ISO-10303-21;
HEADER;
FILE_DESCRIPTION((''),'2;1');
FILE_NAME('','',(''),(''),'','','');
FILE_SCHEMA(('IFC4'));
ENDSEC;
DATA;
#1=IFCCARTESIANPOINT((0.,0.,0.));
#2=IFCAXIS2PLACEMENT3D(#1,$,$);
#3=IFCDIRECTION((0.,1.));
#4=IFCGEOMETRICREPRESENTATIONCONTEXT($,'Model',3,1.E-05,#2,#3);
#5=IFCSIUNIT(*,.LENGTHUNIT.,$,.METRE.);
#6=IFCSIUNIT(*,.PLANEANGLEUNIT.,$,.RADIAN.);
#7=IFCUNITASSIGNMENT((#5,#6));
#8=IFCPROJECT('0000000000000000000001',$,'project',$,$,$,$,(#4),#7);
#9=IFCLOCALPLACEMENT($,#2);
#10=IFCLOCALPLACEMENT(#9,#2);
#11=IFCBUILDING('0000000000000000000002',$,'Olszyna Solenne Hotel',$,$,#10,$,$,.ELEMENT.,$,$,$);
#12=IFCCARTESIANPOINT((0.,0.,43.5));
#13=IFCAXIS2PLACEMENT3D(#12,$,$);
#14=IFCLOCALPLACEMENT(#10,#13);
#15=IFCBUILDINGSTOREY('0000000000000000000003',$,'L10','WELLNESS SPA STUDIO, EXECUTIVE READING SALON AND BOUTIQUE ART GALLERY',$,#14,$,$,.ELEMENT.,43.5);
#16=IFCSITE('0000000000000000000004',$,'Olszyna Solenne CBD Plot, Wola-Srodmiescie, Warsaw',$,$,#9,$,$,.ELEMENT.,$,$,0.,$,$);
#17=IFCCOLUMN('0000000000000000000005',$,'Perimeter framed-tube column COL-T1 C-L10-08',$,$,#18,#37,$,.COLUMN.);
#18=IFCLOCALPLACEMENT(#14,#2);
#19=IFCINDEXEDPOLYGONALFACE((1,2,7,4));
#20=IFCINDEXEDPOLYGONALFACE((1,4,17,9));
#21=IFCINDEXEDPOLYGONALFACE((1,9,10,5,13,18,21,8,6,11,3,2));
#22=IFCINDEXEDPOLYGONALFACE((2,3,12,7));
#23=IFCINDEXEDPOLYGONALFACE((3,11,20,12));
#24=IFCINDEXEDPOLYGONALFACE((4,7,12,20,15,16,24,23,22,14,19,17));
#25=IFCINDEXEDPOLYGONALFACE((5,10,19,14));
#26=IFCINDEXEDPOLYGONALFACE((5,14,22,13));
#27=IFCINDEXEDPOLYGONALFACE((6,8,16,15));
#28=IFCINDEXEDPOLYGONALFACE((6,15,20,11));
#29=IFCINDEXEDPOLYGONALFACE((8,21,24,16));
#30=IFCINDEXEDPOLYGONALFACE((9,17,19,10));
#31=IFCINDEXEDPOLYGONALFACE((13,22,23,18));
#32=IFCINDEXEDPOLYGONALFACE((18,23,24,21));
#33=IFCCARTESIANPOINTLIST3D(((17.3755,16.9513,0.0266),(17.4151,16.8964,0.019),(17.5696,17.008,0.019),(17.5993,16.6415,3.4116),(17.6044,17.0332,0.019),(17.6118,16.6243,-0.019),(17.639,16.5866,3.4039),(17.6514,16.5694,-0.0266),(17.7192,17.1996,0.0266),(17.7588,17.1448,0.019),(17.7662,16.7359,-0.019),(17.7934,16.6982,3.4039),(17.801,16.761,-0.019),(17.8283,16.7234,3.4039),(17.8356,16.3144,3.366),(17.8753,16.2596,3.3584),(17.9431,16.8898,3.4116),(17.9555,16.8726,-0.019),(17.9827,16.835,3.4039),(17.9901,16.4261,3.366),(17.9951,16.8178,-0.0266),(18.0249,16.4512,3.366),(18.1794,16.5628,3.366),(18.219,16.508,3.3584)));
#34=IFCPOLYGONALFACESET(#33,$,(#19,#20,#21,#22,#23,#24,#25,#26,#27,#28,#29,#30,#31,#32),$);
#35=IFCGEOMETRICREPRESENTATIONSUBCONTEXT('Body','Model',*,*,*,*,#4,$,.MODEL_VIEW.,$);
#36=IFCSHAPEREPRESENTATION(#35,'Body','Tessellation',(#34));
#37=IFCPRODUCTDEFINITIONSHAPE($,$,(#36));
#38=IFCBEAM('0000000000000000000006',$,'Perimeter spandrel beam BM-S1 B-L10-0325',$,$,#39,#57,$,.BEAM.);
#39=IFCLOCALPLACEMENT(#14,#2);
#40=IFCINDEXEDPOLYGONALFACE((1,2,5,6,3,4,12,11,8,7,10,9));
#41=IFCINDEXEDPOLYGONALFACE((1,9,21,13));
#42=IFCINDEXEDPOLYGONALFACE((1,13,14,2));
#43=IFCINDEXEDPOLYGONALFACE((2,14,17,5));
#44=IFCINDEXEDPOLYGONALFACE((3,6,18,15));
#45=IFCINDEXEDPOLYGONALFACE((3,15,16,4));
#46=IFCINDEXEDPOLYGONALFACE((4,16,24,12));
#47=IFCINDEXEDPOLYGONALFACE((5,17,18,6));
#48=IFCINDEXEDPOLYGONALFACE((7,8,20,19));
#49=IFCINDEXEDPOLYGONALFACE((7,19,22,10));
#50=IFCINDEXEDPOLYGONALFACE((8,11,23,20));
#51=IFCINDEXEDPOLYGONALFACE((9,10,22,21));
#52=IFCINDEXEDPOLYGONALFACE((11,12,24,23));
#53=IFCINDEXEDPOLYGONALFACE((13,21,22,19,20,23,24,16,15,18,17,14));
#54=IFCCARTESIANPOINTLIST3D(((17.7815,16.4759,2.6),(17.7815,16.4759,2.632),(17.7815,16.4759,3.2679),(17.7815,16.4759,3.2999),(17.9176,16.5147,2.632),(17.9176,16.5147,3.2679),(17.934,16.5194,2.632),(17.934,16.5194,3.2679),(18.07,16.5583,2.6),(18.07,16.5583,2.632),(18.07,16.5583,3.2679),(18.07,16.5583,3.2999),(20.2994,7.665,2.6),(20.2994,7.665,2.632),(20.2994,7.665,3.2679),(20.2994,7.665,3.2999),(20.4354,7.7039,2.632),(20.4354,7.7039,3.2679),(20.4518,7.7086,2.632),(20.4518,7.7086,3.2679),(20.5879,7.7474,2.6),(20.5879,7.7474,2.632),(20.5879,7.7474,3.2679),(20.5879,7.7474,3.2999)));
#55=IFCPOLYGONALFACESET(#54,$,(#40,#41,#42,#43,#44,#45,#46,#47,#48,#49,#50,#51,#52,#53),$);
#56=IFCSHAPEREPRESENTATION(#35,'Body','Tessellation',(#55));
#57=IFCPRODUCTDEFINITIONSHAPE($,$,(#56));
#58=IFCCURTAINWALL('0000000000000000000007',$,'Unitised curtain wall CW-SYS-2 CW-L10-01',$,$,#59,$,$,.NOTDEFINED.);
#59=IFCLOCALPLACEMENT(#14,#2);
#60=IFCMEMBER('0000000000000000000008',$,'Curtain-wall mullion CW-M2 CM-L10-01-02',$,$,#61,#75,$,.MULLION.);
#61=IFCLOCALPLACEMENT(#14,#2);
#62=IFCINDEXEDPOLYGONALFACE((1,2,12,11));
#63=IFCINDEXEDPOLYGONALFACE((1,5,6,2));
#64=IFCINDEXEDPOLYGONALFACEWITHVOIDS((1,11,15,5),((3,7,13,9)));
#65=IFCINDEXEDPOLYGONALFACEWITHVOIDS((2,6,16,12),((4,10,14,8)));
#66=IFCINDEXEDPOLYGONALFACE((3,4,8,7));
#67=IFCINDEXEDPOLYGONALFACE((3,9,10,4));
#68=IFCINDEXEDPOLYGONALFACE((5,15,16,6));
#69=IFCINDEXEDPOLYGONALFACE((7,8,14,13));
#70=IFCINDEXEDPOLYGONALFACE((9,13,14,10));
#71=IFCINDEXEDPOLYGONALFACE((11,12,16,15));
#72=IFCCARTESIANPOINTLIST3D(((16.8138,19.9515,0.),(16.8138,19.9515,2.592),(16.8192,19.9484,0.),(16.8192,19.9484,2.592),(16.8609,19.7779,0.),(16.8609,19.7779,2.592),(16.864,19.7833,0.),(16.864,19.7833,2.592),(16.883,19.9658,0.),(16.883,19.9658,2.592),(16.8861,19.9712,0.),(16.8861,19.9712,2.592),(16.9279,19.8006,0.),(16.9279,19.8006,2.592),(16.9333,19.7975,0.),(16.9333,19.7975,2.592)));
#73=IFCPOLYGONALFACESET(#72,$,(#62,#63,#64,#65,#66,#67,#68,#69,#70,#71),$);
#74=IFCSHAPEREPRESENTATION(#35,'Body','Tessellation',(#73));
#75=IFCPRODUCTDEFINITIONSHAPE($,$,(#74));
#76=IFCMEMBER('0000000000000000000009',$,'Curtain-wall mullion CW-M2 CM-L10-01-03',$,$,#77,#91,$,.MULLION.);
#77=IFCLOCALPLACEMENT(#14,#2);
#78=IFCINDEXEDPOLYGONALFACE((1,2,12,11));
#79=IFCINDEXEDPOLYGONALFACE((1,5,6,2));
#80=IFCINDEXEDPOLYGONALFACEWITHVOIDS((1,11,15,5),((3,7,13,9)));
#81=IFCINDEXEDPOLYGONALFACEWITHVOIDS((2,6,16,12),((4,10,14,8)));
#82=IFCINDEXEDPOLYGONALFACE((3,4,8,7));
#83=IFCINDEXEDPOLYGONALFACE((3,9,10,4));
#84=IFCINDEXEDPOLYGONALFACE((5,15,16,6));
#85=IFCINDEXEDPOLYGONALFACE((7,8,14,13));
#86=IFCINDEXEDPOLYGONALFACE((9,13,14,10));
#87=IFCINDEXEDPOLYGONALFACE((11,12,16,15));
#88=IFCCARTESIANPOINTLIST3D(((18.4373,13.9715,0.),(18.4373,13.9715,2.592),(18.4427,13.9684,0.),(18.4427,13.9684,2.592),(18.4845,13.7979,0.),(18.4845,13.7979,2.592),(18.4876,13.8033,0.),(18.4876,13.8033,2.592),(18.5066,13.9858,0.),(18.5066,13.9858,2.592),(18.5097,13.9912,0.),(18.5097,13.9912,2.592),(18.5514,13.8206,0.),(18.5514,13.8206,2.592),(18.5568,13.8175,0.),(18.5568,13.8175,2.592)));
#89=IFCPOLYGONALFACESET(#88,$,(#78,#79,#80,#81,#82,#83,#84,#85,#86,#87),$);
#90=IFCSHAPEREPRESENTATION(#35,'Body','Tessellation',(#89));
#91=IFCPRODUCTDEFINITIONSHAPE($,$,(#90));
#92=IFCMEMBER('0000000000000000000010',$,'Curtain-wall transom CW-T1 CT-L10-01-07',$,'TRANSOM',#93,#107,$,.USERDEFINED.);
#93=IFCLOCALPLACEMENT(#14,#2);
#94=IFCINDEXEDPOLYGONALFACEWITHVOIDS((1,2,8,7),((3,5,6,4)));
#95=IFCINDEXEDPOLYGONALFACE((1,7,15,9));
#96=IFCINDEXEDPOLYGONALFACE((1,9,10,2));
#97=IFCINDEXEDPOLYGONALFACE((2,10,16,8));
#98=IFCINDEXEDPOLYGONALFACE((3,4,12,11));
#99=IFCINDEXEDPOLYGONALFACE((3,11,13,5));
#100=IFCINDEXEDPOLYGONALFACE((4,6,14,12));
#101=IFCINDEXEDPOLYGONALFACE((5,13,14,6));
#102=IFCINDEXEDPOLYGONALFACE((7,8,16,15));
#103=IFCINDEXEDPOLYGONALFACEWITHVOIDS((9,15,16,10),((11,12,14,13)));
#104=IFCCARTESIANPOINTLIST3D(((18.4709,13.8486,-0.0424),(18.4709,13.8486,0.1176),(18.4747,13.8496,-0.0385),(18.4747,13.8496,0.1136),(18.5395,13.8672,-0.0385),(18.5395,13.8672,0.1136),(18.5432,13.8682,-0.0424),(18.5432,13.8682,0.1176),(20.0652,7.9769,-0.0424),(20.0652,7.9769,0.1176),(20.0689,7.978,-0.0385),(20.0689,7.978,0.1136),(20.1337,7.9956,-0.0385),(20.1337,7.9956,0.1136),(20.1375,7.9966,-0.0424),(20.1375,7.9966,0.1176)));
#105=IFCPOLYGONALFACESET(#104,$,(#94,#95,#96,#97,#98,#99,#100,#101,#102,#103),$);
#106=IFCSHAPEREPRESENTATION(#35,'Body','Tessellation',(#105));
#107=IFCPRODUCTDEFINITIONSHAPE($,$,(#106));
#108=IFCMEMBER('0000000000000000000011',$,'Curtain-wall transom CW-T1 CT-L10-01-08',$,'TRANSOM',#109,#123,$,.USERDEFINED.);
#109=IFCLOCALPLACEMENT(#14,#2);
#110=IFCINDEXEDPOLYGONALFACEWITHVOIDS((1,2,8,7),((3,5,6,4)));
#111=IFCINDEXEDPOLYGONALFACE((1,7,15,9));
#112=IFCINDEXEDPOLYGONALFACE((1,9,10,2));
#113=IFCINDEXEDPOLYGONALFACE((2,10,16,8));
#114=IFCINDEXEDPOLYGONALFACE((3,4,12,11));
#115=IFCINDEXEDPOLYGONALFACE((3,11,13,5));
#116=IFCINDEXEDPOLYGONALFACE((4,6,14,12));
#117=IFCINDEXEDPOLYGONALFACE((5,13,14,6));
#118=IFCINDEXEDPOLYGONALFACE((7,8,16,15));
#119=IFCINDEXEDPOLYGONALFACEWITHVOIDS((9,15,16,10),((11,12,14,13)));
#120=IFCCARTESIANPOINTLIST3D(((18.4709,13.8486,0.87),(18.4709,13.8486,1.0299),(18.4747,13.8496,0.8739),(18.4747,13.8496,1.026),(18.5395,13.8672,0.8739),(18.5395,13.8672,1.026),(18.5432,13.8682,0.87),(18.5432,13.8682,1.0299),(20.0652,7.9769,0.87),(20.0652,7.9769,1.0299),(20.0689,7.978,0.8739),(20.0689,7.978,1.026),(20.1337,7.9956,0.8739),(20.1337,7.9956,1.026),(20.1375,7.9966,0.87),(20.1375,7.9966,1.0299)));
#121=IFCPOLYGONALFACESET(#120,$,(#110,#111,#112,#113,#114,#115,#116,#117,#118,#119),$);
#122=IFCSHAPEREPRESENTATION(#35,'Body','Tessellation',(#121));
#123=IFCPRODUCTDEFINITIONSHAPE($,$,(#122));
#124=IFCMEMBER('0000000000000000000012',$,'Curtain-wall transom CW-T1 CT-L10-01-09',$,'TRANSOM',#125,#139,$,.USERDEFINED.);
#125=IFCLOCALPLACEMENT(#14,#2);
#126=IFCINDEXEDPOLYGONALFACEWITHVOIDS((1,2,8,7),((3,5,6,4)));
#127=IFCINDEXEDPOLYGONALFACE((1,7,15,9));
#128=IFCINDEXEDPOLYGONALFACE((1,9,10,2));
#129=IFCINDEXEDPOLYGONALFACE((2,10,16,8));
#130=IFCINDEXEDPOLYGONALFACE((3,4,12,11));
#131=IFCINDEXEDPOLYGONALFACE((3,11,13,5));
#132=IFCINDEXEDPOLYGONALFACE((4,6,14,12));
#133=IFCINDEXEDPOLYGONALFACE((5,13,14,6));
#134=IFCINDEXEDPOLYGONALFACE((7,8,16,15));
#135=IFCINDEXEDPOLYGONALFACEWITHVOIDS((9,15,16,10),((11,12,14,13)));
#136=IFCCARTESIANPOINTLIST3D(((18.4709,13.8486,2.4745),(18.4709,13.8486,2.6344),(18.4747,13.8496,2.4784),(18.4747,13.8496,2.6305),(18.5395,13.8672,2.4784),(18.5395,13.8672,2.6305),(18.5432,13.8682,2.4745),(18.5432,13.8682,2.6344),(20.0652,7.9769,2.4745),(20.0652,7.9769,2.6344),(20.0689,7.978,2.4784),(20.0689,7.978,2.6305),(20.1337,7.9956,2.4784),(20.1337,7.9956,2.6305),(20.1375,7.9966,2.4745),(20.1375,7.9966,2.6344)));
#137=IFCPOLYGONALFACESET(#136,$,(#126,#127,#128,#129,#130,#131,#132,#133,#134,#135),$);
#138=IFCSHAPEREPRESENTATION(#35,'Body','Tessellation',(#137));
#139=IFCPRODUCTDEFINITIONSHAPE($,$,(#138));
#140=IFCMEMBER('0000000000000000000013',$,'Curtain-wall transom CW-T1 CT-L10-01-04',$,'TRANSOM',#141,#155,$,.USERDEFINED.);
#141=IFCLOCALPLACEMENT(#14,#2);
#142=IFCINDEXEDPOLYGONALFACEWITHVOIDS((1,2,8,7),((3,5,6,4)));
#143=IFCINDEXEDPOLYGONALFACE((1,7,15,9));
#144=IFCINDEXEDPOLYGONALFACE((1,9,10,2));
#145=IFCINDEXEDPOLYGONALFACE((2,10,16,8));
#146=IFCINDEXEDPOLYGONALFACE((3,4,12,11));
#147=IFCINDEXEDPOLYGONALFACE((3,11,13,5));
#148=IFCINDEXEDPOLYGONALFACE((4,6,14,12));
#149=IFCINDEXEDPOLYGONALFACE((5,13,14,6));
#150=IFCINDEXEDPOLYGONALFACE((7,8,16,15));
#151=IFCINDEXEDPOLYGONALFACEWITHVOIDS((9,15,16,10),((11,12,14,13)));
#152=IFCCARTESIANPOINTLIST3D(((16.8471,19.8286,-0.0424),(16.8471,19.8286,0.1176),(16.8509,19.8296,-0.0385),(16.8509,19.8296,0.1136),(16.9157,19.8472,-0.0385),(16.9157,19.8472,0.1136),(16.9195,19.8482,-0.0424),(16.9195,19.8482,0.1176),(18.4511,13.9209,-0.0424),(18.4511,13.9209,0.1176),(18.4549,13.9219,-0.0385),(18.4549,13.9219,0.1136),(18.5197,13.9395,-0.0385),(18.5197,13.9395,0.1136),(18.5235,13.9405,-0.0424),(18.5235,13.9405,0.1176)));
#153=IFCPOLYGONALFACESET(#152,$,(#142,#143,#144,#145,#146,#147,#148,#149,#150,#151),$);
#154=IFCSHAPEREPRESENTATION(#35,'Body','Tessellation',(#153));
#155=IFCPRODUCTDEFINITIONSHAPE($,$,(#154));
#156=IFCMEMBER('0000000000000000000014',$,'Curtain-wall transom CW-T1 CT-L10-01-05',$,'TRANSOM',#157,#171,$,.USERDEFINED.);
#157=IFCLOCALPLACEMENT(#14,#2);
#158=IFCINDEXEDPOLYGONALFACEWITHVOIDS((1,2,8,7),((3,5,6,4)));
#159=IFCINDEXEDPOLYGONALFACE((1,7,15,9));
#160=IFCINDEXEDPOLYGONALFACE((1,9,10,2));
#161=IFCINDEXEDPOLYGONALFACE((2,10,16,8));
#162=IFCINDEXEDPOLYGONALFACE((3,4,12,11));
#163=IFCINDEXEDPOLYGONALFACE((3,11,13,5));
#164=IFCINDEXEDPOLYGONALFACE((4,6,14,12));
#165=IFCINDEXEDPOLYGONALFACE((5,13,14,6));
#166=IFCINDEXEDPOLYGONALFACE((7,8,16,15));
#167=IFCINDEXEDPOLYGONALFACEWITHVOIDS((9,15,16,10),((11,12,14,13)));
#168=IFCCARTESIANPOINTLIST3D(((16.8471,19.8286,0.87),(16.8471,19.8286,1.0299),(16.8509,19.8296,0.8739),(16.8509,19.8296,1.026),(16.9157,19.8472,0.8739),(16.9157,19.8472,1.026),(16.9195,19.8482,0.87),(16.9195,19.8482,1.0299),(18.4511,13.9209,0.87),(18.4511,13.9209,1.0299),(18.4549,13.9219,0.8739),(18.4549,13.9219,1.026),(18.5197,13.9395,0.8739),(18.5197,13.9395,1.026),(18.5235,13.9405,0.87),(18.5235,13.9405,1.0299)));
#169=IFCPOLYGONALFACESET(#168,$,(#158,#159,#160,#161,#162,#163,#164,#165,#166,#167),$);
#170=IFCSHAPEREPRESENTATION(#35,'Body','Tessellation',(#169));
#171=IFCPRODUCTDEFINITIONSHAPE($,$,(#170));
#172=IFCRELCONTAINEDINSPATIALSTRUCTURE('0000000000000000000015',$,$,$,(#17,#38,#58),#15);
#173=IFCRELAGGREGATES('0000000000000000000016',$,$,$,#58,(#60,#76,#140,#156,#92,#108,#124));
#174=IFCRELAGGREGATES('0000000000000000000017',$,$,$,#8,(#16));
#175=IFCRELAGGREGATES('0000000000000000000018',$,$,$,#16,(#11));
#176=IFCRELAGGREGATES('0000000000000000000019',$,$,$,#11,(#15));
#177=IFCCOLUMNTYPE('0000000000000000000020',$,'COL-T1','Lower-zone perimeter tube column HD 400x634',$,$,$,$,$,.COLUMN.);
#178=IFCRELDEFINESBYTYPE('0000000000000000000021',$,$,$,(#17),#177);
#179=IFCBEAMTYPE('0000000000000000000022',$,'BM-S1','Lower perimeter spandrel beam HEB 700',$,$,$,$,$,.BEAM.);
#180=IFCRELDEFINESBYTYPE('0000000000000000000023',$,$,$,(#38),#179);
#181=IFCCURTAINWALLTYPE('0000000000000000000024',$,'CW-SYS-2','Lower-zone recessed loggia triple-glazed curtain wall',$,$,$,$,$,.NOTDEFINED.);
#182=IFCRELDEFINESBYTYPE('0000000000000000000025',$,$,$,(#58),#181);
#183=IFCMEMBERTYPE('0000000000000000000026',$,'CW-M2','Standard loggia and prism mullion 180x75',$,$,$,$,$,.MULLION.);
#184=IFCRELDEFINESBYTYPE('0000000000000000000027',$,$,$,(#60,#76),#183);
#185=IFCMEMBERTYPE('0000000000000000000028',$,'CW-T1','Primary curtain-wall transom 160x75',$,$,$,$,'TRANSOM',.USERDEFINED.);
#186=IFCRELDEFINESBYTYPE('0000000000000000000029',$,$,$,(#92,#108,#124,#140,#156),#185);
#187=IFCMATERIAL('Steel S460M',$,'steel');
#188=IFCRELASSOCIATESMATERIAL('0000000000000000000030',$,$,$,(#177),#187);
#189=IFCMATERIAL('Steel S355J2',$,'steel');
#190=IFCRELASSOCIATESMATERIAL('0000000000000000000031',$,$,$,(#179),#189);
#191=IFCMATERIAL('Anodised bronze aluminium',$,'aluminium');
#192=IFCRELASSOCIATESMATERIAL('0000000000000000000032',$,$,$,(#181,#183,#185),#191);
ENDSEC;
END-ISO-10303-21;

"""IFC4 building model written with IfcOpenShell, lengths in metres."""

from ifc_helpers import new_model, si_unit, direction, frame, origin, origin_2d, place, context, subcontext, project, spatial, hollow_rectangle, i_section, extrude, source, transform, mapped, material, material_profile, profile_set, type_object, element, aggregate, save


model = new_model("IFC4")

# Units and contexts
model_context = context("Model", 3, precision=1e-05, world=origin(), true_north=direction((0.0, 1.0)))
body_context = subcontext(model_context, "Body", "Model", "MODEL_VIEW")
ifc_project = project(units=[si_unit("LENGTHUNIT", "METRE"), si_unit("PLANEANGLEUNIT", "RADIAN")], contexts=[model_context])

# Site, building, storey
site_placement = place(None, origin())
site = spatial("IfcSite", under=ifc_project, at=site_placement, Name="Olszyna Solenne CBD Plot, Wola-Srodmiescie, Warsaw", CompositionType="ELEMENT", RefElevation=0.0)
building_placement = place(site_placement, origin())
building = spatial("IfcBuilding", under=site, at=building_placement, Name="Olszyna Solenne Hotel", CompositionType="ELEMENT")
storey_placement = place(building_placement, frame((0.0, 0.0, 43.5)))
storey = spatial("IfcBuildingStorey", under=building, at=storey_placement, Name="L10", Description="WELLNESS SPA STUDIO, EXECUTIVE READING SALON AND BOUTIQUE ART GALLERY", CompositionType="ELEMENT", Elevation=43.5)

# Column
ifc_material_1 = material(Name="Steel S460M", Category="steel")
ifc_material_profile_1 = material_profile(ifc_material_1, i_section(OverallWidth=0.4241, OverallDepth=0.4741, WebThickness=0.043, FlangeThickness=0.0681, at=origin_2d()), Name="HD 400x634", Category="load-bearing")
ifc_profile_set_1 = profile_set([ifc_material_profile_1], Name="Steel S460M")
column_type = type_object("IfcColumnType", Name="COL-T1", Description="Lower-zone perimeter tube column HD 400x634", PredefinedType="COLUMN", material=ifc_profile_set_1)
shared_shape_1 = source(origin(), body_context, "Body", "SweptSolid", [
    extrude(i_section(OverallWidth=0.4241, OverallDepth=0.4741, WebThickness=0.043, FlangeThickness=0.0681, at=origin_2d()), origin(), (0.0, 0.0, 1.0), 3.4065),
])
column_placement = place(storey_placement, frame((17.6853, 16.8845, 0.0), z_axis=(0.06572, -0.090947, 0.993685), x_axis=(0.810528, 0.5857, 0.0)))
element("IfcColumn", 1, at=column_placement, inside=storey, type_object=column_type, Name="Perimeter framed-tube column COL-T1 C-L10-08", PredefinedType="COLUMN", context=body_context, shape_type="MappedRepresentation", body=[
    mapped(shared_shape_1, transform((0.0, 0.0, 0.0), x_axis=(1.0, 0.0, 0.0), y_axis=(0.0, 1.0, 0.0), z_axis=(0.0, 0.0, 1.0), scale=1.0)),
])

# Beam
ifc_material_2 = material(Name="Steel S355J2", Category="steel")
ifc_material_profile_2 = material_profile(ifc_material_2, i_section(OverallWidth=0.3, OverallDepth=0.7, WebThickness=0.0171, FlangeThickness=0.032, at=origin_2d()), Name="HEB 700", Category="load-bearing")
ifc_profile_set_2 = profile_set([ifc_material_profile_2], Name="Steel S355J2")
beam_type = type_object("IfcBeamType", Name="BM-S1", Description="Lower perimeter spandrel beam HEB 700", PredefinedType="BEAM", material=ifc_profile_set_2)
shared_shape_2 = source(origin(), body_context, "Body", "SweptSolid", [
    extrude(i_section(OverallWidth=0.3, OverallDepth=0.7, WebThickness=0.0171, FlangeThickness=0.032, at=origin_2d()), origin(), (0.0, 0.0, 1.0), 9.1636),
])
beam_placement = place(storey_placement, frame((17.9258, 16.5171, 2.95), z_axis=(0.274767, -0.961511, 0.0), x_axis=(0.961511, 0.274767, 0.0)))
element("IfcBeam", 2, at=beam_placement, inside=storey, type_object=beam_type, Name="Perimeter spandrel beam BM-S1 B-L10-0325", PredefinedType="BEAM", context=body_context, shape_type="MappedRepresentation", body=[
    mapped(shared_shape_2, transform((0.0, 0.0, 0.0), x_axis=(1.0, 0.0, 0.0), y_axis=(0.0, 1.0, 0.0), z_axis=(0.0, 0.0, 1.0), scale=1.0)),
])

# Curtain wall, members
ifc_material_3 = material(Name="Anodised bronze aluminium", Category="aluminium")
curtain_wall_type = type_object("IfcCurtainWallType", Name="CW-SYS-2", Description="Lower-zone recessed loggia triple-glazed curtain wall", PredefinedType="NOTDEFINED", material=ifc_material_3)
curtain_wall_placement = place(storey_placement, origin())
curtain_wall = element("IfcCurtainWall", 3, at=curtain_wall_placement, inside=storey, type_object=curtain_wall_type, Name="Unitised curtain wall CW-SYS-2 CW-L10-01", PredefinedType="NOTDEFINED")
ifc_material_profile_3 = material_profile(ifc_material_3, hollow_rectangle(XDim=0.075, YDim=0.1799, WallThickness=0.0044, at=origin_2d()), Name="MULL 180x75x4.5", Category="load-bearing")
ifc_profile_set_3 = profile_set([ifc_material_profile_3], Name="Anodised bronze aluminium")
member_type_1 = type_object("IfcMemberType", Name="CW-M2", Description="Standard loggia and prism mullion 180x75", PredefinedType="MULLION", material=ifc_profile_set_3)
shared_shape_3 = source(origin(), body_context, "Body", "SweptSolid", [
    extrude(hollow_rectangle(XDim=0.075, YDim=0.1799, WallThickness=0.0044, at=origin_2d()), origin(), (0.0, 0.0, 1.0), 2.592),
])
member_1_placement = place(storey_placement, frame((16.8735, 19.8745, 0.0), z_axis=(0.0, 0.0, 1.0), x_axis=(0.965058, 0.262038, 0.0)))
member_1 = element("IfcMember", 4, at=member_1_placement, type_object=member_type_1, Name="Curtain-wall mullion CW-M2 CM-L10-01-02", PredefinedType="MULLION", context=body_context, shape_type="MappedRepresentation", body=[
    mapped(shared_shape_3, transform((0.0, 0.0, 0.0), x_axis=(1.0, 0.0, 0.0), y_axis=(0.0, 1.0, 0.0), z_axis=(0.0, 0.0, 1.0), scale=1.0)),
])
member_2_placement = place(storey_placement, frame((18.4971, 13.8945, 0.0), z_axis=(0.0, 0.0, 1.0), x_axis=(0.965058, 0.262038, 0.0)))
member_2 = element("IfcMember", 5, at=member_2_placement, type_object=member_type_1, Name="Curtain-wall mullion CW-M2 CM-L10-01-03", PredefinedType="MULLION", context=body_context, shape_type="MappedRepresentation", body=[
    mapped(shared_shape_3, transform((0.0, 0.0, 0.0), x_axis=(1.0, 0.0, 0.0), y_axis=(0.0, 1.0, 0.0), z_axis=(0.0, 0.0, 1.0), scale=1.0)),
])
ifc_material_profile_4 = material_profile(ifc_material_3, hollow_rectangle(XDim=0.075, YDim=0.1599, WallThickness=0.0039, at=origin_2d()), Name="TRAN 160x75x4", Category="load-bearing")
ifc_profile_set_4 = profile_set([ifc_material_profile_4], Name="Anodised bronze aluminium")
member_type_2 = type_object("IfcMemberType", Name="CW-T1", Description="Primary curtain-wall transom 160x75", ElementType="TRANSOM", PredefinedType="USERDEFINED", material=ifc_profile_set_4)
shared_shape_4 = source(origin(), body_context, "Body", "SweptSolid", [
    extrude(hollow_rectangle(XDim=0.075, YDim=0.1599, WallThickness=0.0039, at=origin_2d()), origin(), (0.0, 0.0, 1.0), 6.0842),
])
member_3_placement = place(storey_placement, frame((18.5071, 13.8584, 0.0376), z_axis=(0.262031, -0.96506, 0.0), x_axis=(0.96506, 0.262031, 0.0)))
member_3 = element("IfcMember", 6, at=member_3_placement, type_object=member_type_2, Name="Curtain-wall transom CW-T1 CT-L10-01-07", ObjectType="TRANSOM", PredefinedType="USERDEFINED", context=body_context, shape_type="MappedRepresentation", body=[
    mapped(shared_shape_4, transform((0.0, 0.0, 0.0), x_axis=(1.0, 0.0, 0.0), y_axis=(0.0, 1.0, 0.0), z_axis=(0.0, 0.0, 1.0), scale=1.0)),
])
member_4_placement = place(storey_placement, frame((18.5071, 13.8584, 0.95), z_axis=(0.262031, -0.96506, 0.0), x_axis=(0.96506, 0.262031, 0.0)))
member_4 = element("IfcMember", 7, at=member_4_placement, type_object=member_type_2, Name="Curtain-wall transom CW-T1 CT-L10-01-08", ObjectType="TRANSOM", PredefinedType="USERDEFINED", context=body_context, shape_type="MappedRepresentation", body=[
    mapped(shared_shape_4, transform((0.0, 0.0, 0.0), x_axis=(1.0, 0.0, 0.0), y_axis=(0.0, 1.0, 0.0), z_axis=(0.0, 0.0, 1.0), scale=1.0)),
])
member_5_placement = place(storey_placement, frame((18.5071, 13.8584, 2.5544), z_axis=(0.262031, -0.96506, 0.0), x_axis=(0.96506, 0.262031, 0.0)))
member_5 = element("IfcMember", 8, at=member_5_placement, type_object=member_type_2, Name="Curtain-wall transom CW-T1 CT-L10-01-09", ObjectType="TRANSOM", PredefinedType="USERDEFINED", context=body_context, shape_type="MappedRepresentation", body=[
    mapped(shared_shape_4, transform((0.0, 0.0, 0.0), x_axis=(1.0, 0.0, 0.0), y_axis=(0.0, 1.0, 0.0), z_axis=(0.0, 0.0, 1.0), scale=1.0)),
])
shared_shape_5 = source(origin(), body_context, "Body", "SweptSolid", [
    extrude(hollow_rectangle(XDim=0.075, YDim=0.1599, WallThickness=0.0039, at=origin_2d()), origin(), (0.0, 0.0, 1.0), 6.1216),
])
member_6_placement = place(storey_placement, frame((16.8833, 19.8384, 0.0376), z_axis=(0.262024, -0.965061, 0.0), x_axis=(0.965061, 0.262024, 0.0)))
member_6 = element("IfcMember", 9, at=member_6_placement, type_object=member_type_2, Name="Curtain-wall transom CW-T1 CT-L10-01-04", ObjectType="TRANSOM", PredefinedType="USERDEFINED", context=body_context, shape_type="MappedRepresentation", body=[
    mapped(shared_shape_5, transform((0.0, 0.0, 0.0), x_axis=(1.0, 0.0, 0.0), y_axis=(0.0, 1.0, 0.0), z_axis=(0.0, 0.0, 1.0), scale=1.0)),
])
member_7_placement = place(storey_placement, frame((16.8833, 19.8384, 0.95), z_axis=(0.262024, -0.965061, 0.0), x_axis=(0.965061, 0.262024, 0.0)))
member_7 = element("IfcMember", 10, at=member_7_placement, type_object=member_type_2, Name="Curtain-wall transom CW-T1 CT-L10-01-05", ObjectType="TRANSOM", PredefinedType="USERDEFINED", context=body_context, shape_type="MappedRepresentation", body=[
    mapped(shared_shape_5, transform((0.0, 0.0, 0.0), x_axis=(1.0, 0.0, 0.0), y_axis=(0.0, 1.0, 0.0), z_axis=(0.0, 0.0, 1.0), scale=1.0)),
])

aggregate(curtain_wall, [member_1, member_2, member_6, member_7, member_3, member_4, member_5])

save(model, "model.ifc")
